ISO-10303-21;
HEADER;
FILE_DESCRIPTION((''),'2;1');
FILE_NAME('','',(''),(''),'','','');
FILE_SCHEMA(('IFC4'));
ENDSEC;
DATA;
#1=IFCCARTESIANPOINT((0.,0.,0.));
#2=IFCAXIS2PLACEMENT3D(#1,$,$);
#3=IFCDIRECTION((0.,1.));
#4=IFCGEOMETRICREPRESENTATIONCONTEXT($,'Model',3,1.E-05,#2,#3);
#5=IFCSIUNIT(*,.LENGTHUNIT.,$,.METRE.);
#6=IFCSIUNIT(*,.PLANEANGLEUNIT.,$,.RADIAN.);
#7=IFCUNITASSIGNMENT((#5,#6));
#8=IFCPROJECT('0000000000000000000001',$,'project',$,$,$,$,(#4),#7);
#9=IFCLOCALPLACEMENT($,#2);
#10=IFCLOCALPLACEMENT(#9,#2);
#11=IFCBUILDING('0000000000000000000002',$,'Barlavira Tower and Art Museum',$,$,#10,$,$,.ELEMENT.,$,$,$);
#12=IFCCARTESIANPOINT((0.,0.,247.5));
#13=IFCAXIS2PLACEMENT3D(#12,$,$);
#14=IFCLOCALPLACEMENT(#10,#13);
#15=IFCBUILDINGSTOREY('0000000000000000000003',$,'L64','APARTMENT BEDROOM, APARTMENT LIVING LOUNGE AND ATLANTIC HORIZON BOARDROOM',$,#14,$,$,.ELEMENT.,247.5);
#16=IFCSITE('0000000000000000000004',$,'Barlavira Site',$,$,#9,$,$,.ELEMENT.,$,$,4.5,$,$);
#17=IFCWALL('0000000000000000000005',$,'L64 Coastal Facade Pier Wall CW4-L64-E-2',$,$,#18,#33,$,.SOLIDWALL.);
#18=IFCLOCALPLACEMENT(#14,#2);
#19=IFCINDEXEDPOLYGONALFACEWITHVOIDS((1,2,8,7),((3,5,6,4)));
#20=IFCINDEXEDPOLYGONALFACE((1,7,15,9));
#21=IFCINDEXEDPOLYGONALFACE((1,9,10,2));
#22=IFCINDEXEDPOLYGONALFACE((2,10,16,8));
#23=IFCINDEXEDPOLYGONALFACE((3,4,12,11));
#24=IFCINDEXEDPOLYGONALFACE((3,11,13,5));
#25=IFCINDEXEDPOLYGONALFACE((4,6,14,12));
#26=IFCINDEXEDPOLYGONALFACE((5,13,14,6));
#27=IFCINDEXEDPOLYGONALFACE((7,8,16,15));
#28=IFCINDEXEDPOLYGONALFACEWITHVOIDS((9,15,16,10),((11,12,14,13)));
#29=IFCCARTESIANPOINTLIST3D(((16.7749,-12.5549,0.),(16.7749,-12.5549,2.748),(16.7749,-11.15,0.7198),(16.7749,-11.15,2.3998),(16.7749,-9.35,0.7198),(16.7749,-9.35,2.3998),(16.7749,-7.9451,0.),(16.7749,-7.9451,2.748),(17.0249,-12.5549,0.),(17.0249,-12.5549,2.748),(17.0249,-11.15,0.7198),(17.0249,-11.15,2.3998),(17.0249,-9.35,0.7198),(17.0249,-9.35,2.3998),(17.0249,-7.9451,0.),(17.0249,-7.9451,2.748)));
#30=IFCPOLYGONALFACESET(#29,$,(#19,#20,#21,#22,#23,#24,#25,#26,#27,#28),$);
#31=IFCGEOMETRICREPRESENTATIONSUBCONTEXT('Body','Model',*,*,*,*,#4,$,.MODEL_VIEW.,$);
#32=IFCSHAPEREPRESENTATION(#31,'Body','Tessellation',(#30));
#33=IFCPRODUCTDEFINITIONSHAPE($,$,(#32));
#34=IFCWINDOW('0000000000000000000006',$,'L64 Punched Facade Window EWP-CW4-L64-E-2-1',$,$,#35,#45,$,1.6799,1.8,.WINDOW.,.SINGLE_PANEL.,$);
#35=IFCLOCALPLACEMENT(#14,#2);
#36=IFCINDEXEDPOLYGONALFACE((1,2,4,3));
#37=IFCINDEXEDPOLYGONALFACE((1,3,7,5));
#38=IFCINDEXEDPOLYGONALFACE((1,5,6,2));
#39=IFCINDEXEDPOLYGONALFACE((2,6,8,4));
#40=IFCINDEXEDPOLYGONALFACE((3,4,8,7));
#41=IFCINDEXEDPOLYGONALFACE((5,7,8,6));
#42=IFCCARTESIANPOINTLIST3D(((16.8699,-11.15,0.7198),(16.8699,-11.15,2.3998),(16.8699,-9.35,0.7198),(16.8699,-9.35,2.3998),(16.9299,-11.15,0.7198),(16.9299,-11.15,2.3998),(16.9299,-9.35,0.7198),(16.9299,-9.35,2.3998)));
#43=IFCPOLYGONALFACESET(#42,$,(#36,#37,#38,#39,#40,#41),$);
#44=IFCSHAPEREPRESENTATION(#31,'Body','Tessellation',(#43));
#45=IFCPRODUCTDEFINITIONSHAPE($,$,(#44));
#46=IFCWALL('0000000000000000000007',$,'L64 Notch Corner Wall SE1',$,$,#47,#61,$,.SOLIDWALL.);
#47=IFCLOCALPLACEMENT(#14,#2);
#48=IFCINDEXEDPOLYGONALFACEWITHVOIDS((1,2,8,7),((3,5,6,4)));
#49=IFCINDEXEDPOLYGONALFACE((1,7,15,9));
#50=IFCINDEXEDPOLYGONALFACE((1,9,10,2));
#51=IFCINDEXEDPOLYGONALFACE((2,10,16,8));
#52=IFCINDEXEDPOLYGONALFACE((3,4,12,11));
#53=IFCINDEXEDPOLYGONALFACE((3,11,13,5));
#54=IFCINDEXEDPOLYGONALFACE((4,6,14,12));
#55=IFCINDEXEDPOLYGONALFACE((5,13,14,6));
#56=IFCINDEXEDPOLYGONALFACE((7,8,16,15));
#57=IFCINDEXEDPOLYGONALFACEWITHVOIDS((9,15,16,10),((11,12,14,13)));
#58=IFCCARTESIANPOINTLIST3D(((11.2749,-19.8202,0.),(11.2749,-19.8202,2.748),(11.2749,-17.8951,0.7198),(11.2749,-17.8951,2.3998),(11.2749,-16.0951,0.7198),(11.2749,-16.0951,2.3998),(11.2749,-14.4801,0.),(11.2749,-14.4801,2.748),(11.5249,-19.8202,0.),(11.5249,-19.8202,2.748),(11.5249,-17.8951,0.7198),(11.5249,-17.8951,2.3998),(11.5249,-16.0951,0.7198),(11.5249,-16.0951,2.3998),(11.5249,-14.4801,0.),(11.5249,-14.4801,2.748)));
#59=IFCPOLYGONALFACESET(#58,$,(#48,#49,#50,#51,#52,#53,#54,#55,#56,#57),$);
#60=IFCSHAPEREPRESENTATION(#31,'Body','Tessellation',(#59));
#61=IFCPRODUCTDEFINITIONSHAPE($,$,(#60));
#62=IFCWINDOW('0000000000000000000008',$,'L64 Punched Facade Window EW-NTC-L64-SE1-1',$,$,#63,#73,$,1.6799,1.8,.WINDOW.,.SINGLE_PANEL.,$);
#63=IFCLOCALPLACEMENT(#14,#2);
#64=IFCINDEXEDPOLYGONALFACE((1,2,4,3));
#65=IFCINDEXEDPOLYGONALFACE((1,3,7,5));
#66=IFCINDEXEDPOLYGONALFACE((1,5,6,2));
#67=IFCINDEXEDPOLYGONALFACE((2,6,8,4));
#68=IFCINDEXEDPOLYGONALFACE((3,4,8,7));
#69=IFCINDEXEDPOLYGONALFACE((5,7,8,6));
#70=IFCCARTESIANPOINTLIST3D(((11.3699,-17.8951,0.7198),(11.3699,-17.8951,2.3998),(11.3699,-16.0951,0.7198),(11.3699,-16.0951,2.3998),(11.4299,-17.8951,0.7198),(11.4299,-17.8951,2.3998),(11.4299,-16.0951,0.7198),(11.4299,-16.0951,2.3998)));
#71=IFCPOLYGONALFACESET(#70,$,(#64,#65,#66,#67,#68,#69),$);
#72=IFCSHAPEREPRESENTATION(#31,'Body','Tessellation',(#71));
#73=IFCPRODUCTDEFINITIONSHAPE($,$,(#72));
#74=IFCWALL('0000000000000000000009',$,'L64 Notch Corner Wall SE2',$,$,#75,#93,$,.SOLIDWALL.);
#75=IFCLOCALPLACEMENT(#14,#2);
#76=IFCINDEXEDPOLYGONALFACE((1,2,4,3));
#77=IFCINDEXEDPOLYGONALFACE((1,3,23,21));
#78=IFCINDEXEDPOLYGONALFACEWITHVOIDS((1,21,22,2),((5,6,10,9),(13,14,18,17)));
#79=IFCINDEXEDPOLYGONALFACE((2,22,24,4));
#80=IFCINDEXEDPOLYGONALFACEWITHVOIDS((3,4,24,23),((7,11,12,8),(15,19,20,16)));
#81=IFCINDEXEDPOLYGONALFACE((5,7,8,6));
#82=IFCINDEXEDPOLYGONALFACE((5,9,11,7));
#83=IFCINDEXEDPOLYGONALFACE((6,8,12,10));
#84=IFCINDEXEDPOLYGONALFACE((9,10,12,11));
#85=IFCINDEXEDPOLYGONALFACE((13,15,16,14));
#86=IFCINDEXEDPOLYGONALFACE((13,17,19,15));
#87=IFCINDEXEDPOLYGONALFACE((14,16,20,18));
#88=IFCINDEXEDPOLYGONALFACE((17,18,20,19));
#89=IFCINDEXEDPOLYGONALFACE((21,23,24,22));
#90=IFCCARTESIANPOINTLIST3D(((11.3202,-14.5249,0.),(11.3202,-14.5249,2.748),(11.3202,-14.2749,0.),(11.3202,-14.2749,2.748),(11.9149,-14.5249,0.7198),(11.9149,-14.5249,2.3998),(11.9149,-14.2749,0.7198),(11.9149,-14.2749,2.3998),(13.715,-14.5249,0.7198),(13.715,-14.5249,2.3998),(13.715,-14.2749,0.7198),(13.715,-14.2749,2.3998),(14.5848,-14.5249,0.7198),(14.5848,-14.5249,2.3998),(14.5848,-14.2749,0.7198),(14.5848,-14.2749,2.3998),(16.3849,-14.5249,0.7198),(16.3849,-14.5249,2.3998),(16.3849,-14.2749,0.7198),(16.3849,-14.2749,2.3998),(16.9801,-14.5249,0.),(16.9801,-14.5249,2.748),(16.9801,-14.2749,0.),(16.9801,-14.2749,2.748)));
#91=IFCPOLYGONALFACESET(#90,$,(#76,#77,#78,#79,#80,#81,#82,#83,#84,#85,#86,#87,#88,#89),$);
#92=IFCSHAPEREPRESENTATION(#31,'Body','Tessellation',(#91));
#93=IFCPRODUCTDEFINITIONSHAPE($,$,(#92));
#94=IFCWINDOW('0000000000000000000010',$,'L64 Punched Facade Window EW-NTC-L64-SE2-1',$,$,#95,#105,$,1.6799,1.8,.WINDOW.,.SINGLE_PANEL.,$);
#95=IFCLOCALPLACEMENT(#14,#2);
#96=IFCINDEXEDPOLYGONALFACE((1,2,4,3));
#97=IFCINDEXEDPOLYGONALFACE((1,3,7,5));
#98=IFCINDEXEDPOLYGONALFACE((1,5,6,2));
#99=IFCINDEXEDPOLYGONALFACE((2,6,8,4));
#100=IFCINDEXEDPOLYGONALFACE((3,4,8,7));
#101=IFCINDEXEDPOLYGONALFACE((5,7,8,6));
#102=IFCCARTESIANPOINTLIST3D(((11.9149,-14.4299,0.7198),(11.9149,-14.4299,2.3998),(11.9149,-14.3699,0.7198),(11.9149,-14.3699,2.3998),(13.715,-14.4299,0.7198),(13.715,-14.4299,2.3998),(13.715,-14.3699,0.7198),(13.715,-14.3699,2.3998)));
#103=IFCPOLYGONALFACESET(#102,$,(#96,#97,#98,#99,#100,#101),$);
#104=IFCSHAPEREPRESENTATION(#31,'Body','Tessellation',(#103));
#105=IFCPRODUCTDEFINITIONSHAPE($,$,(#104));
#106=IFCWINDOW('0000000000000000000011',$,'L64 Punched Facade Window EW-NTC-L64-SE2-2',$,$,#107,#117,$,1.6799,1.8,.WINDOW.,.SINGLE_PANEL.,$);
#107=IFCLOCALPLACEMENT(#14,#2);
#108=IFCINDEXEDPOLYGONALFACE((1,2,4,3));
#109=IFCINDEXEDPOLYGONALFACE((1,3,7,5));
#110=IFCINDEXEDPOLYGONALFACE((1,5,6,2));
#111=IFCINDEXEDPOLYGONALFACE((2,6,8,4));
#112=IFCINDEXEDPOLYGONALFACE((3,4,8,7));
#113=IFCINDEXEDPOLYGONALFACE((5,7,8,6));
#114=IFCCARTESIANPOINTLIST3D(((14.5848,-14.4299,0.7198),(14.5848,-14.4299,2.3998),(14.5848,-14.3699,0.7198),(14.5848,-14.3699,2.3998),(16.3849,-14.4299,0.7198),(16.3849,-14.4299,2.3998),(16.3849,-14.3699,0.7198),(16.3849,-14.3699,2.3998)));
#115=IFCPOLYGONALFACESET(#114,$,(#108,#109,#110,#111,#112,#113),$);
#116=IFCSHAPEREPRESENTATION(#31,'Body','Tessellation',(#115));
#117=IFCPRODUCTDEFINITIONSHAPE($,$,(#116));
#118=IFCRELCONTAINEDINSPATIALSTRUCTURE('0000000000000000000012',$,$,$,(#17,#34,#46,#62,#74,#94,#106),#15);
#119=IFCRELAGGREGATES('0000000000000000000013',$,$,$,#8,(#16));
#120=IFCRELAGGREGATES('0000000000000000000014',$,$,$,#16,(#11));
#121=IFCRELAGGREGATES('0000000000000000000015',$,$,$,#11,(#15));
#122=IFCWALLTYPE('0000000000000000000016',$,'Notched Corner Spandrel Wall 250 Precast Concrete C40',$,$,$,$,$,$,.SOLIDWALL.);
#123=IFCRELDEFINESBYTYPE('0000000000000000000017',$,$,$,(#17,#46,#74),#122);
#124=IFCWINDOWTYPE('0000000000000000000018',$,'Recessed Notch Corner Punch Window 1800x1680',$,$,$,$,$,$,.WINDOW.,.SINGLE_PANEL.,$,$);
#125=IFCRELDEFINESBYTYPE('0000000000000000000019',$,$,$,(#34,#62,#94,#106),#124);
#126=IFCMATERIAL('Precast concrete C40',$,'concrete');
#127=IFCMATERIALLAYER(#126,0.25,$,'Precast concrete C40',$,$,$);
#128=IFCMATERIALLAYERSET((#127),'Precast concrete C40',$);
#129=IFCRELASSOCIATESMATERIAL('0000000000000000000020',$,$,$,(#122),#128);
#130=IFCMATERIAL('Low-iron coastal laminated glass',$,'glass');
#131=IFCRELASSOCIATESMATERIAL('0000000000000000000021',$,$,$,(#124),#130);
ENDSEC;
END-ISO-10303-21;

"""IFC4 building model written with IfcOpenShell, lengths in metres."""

from ifc_helpers import new_model, si_unit, direction, frame, frame_2d, origin, place, context, subcontext, project, spatial, rectangle, extrude, material, layer, layer_set, type_object, element, fill, save


model = new_model("IFC4")

# Units and contexts
model_context = context("Model", 3, precision=1e-05, world=origin(), true_north=direction((0.0, 1.0)))
body_context = subcontext(model_context, "Body", "Model", "MODEL_VIEW")
ifc_project = project(units=[si_unit("LENGTHUNIT", "METRE"), si_unit("PLANEANGLEUNIT", "RADIAN")], contexts=[model_context])

# Site, building, storey
site_placement = place(None, origin())
site = spatial("IfcSite", under=ifc_project, at=site_placement, Name="Barlavira Site", CompositionType="ELEMENT", RefElevation=4.5)
building_placement = place(site_placement, origin())
building = spatial("IfcBuilding", under=site, at=building_placement, Name="Barlavira Tower and Art Museum", CompositionType="ELEMENT")
storey_placement = place(building_placement, frame((0.0, 0.0, 247.5)))
storey = spatial("IfcBuildingStorey", under=building, at=storey_placement, Name="L64", Description="APARTMENT BEDROOM, APARTMENT LIVING LOUNGE AND ATLANTIC HORIZON BOARDROOM", CompositionType="ELEMENT", Elevation=247.5)

# Shared definitions
ifc_material_1 = material(Name="Precast concrete C40", Category="concrete")
ifc_layer_1 = layer(ifc_material_1, 0.25, Name="Precast concrete C40")
ifc_layer_set_1 = layer_set([ifc_layer_1], Name="Precast concrete C40")
wall_type_1 = type_object("IfcWallType", Name="Notched Corner Spandrel Wall 250 Precast Concrete C40", PredefinedType="SOLIDWALL", material=ifc_layer_set_1)
ifc_material_2 = material(Name="Low-iron coastal laminated glass", Category="glass")

# Walls, openings, windows
wall_1_placement = place(storey_placement, frame((16.8999, -12.5549, 0.0), z_axis=(0.0, 0.0, 1.0), x_axis=(0.0, 1.0, 0.0)))
wall_1 = element("IfcWall", 1, at=wall_1_placement, inside=storey, type_object=wall_type_1, Name="L64 Coastal Facade Pier Wall CW4-L64-E-2", PredefinedType="SOLIDWALL", context=body_context, shape_type="SweptSolid", body=[
    extrude(rectangle(XDim=4.6099, YDim=0.25, at=frame_2d((2.3049, 0.0))), origin(), (0.0, 0.0, 1.0), 2.748),
])
opening_1_placement = place(wall_1_placement, frame((1.405, 0.0, 0.72)))
opening_1 = element("IfcOpeningElement", 2, at=opening_1_placement, cuts=wall_1, PredefinedType="OPENING", context=body_context, shape_type="SweptSolid", body=[
    extrude(rectangle(XDim=1.8, YDim=1.6799, at=frame_2d((0.8999, 0.8398))), frame((0.0, 0.135, 0.0), z_axis=(0.0, -1.0, 0.0), x_axis=(1.0, 0.0, 0.0)), (0.0, 0.0, 1.0), 0.27),
])
window_type_1 = type_object("IfcWindowType", Name="Recessed Notch Corner Punch Window 1800x1680", PartitioningType="SINGLE_PANEL", PredefinedType="WINDOW", material=ifc_material_2)
window_1_placement = place(opening_1_placement, origin())
window_1 = element("IfcWindow", 3, at=window_1_placement, inside=storey, type_object=window_type_1, Name="L64 Punched Facade Window EWP-CW4-L64-E-2-1", OverallHeight=1.6799, OverallWidth=1.8, PartitioningType="SINGLE_PANEL", PredefinedType="WINDOW", context=body_context, shape_type="SweptSolid", body=[
    extrude(rectangle(XDim=1.8, YDim=1.6799, at=frame_2d((0.8999, 0.8398))), frame((0.0, 0.03, 0.0), z_axis=(0.0, -1.0, 0.0), x_axis=(1.0, 0.0, 0.0)), (0.0, 0.0, 1.0), 0.0601),
])
fill(opening_1, window_1)
wall_2_placement = place(storey_placement, frame((11.3999, -19.8201, 0.0), z_axis=(0.0, 0.0, 1.0), x_axis=(0.0, 1.0, 0.0)))
wall_2 = element("IfcWall", 4, at=wall_2_placement, inside=storey, type_object=wall_type_1, Name="L64 Notch Corner Wall SE1", PredefinedType="SOLIDWALL", context=body_context, shape_type="SweptSolid", body=[
    extrude(rectangle(XDim=5.3401, YDim=0.25, at=frame_2d((2.6699, 0.0))), origin(), (0.0, 0.0, 1.0), 2.748),
])
opening_2_placement = place(wall_2_placement, frame((1.925, 0.0, 0.72)))
opening_2 = element("IfcOpeningElement", 5, at=opening_2_placement, cuts=wall_2, PredefinedType="OPENING", context=body_context, shape_type="SweptSolid", body=[
    extrude(rectangle(XDim=1.8, YDim=1.6799, at=frame_2d((0.8999, 0.8398))), frame((0.0, 0.135, 0.0), z_axis=(0.0, -1.0, 0.0), x_axis=(1.0, 0.0, 0.0)), (0.0, 0.0, 1.0), 0.27),
])
window_2_placement = place(opening_2_placement, origin())
window_2 = element("IfcWindow", 6, at=window_2_placement, inside=storey, type_object=window_type_1, Name="L64 Punched Facade Window EW-NTC-L64-SE1-1", OverallHeight=1.6799, OverallWidth=1.8, PartitioningType="SINGLE_PANEL", PredefinedType="WINDOW", context=body_context, shape_type="SweptSolid", body=[
    extrude(rectangle(XDim=1.8, YDim=1.6799, at=frame_2d((0.8999, 0.8398))), frame((0.0, 0.03, 0.0), z_axis=(0.0, -1.0, 0.0), x_axis=(1.0, 0.0, 0.0)), (0.0, 0.0, 1.0), 0.0601),
])
fill(opening_2, window_2)

# Wall, openings, windows
wall_3_placement = place(storey_placement, frame((11.3201, -14.3999, 0.0), z_axis=(0.0, 0.0, 1.0), x_axis=(1.0, 0.0, 0.0)))
wall_3 = element("IfcWall", 7, at=wall_3_placement, inside=storey, type_object=wall_type_1, Name="L64 Notch Corner Wall SE2", PredefinedType="SOLIDWALL", context=body_context, shape_type="SweptSolid", body=[
    extrude(rectangle(XDim=5.6599, YDim=0.25, at=frame_2d((2.8301, 0.0))), origin(), (0.0, 0.0, 1.0), 2.748),
])
opening_3_placement = place(wall_3_placement, frame((0.595, 0.0, 0.72)))
opening_3 = element("IfcOpeningElement", 8, at=opening_3_placement, cuts=wall_3, PredefinedType="OPENING", context=body_context, shape_type="SweptSolid", body=[
    extrude(rectangle(XDim=1.8, YDim=1.6799, at=frame_2d((0.8999, 0.8398))), frame((0.0, 0.135, 0.0), z_axis=(0.0, -1.0, 0.0), x_axis=(1.0, 0.0, 0.0)), (0.0, 0.0, 1.0), 0.27),
])
opening_4_placement = place(wall_3_placement, frame((3.2649, 0.0, 0.72)))
opening_4 = element("IfcOpeningElement", 9, at=opening_4_placement, cuts=wall_3, PredefinedType="OPENING", context=body_context, shape_type="SweptSolid", body=[
    extrude(rectangle(XDim=1.8, YDim=1.6799, at=frame_2d((0.8999, 0.8398))), frame((0.0, 0.135, 0.0), z_axis=(0.0, -1.0, 0.0), x_axis=(1.0, 0.0, 0.0)), (0.0, 0.0, 1.0), 0.27),
])
window_3_placement = place(opening_3_placement, origin())
window_3 = element("IfcWindow", 10, at=window_3_placement, inside=storey, type_object=window_type_1, Name="L64 Punched Facade Window EW-NTC-L64-SE2-1", OverallHeight=1.6799, OverallWidth=1.8, PartitioningType="SINGLE_PANEL", PredefinedType="WINDOW", context=body_context, shape_type="SweptSolid", body=[
    extrude(rectangle(XDim=1.8, YDim=1.6799, at=frame_2d((0.8999, 0.8398))), frame((0.0, 0.03, 0.0), z_axis=(0.0, -1.0, 0.0), x_axis=(1.0, 0.0, 0.0)), (0.0, 0.0, 1.0), 0.0601),
])
fill(opening_3, window_3)
window_4_placement = place(opening_4_placement, origin())
window_4 = element("IfcWindow", 11, at=window_4_placement, inside=storey, type_object=window_type_1, Name="L64 Punched Facade Window EW-NTC-L64-SE2-2", OverallHeight=1.6799, OverallWidth=1.8, PartitioningType="SINGLE_PANEL", PredefinedType="WINDOW", context=body_context, shape_type="SweptSolid", body=[
    extrude(rectangle(XDim=1.8, YDim=1.6799, at=frame_2d((0.8999, 0.8398))), frame((0.0, 0.03, 0.0), z_axis=(0.0, -1.0, 0.0), x_axis=(1.0, 0.0, 0.0)), (0.0, 0.0, 1.0), 0.0601),
])
fill(opening_4, window_4)

save(model, "model.ifc")
